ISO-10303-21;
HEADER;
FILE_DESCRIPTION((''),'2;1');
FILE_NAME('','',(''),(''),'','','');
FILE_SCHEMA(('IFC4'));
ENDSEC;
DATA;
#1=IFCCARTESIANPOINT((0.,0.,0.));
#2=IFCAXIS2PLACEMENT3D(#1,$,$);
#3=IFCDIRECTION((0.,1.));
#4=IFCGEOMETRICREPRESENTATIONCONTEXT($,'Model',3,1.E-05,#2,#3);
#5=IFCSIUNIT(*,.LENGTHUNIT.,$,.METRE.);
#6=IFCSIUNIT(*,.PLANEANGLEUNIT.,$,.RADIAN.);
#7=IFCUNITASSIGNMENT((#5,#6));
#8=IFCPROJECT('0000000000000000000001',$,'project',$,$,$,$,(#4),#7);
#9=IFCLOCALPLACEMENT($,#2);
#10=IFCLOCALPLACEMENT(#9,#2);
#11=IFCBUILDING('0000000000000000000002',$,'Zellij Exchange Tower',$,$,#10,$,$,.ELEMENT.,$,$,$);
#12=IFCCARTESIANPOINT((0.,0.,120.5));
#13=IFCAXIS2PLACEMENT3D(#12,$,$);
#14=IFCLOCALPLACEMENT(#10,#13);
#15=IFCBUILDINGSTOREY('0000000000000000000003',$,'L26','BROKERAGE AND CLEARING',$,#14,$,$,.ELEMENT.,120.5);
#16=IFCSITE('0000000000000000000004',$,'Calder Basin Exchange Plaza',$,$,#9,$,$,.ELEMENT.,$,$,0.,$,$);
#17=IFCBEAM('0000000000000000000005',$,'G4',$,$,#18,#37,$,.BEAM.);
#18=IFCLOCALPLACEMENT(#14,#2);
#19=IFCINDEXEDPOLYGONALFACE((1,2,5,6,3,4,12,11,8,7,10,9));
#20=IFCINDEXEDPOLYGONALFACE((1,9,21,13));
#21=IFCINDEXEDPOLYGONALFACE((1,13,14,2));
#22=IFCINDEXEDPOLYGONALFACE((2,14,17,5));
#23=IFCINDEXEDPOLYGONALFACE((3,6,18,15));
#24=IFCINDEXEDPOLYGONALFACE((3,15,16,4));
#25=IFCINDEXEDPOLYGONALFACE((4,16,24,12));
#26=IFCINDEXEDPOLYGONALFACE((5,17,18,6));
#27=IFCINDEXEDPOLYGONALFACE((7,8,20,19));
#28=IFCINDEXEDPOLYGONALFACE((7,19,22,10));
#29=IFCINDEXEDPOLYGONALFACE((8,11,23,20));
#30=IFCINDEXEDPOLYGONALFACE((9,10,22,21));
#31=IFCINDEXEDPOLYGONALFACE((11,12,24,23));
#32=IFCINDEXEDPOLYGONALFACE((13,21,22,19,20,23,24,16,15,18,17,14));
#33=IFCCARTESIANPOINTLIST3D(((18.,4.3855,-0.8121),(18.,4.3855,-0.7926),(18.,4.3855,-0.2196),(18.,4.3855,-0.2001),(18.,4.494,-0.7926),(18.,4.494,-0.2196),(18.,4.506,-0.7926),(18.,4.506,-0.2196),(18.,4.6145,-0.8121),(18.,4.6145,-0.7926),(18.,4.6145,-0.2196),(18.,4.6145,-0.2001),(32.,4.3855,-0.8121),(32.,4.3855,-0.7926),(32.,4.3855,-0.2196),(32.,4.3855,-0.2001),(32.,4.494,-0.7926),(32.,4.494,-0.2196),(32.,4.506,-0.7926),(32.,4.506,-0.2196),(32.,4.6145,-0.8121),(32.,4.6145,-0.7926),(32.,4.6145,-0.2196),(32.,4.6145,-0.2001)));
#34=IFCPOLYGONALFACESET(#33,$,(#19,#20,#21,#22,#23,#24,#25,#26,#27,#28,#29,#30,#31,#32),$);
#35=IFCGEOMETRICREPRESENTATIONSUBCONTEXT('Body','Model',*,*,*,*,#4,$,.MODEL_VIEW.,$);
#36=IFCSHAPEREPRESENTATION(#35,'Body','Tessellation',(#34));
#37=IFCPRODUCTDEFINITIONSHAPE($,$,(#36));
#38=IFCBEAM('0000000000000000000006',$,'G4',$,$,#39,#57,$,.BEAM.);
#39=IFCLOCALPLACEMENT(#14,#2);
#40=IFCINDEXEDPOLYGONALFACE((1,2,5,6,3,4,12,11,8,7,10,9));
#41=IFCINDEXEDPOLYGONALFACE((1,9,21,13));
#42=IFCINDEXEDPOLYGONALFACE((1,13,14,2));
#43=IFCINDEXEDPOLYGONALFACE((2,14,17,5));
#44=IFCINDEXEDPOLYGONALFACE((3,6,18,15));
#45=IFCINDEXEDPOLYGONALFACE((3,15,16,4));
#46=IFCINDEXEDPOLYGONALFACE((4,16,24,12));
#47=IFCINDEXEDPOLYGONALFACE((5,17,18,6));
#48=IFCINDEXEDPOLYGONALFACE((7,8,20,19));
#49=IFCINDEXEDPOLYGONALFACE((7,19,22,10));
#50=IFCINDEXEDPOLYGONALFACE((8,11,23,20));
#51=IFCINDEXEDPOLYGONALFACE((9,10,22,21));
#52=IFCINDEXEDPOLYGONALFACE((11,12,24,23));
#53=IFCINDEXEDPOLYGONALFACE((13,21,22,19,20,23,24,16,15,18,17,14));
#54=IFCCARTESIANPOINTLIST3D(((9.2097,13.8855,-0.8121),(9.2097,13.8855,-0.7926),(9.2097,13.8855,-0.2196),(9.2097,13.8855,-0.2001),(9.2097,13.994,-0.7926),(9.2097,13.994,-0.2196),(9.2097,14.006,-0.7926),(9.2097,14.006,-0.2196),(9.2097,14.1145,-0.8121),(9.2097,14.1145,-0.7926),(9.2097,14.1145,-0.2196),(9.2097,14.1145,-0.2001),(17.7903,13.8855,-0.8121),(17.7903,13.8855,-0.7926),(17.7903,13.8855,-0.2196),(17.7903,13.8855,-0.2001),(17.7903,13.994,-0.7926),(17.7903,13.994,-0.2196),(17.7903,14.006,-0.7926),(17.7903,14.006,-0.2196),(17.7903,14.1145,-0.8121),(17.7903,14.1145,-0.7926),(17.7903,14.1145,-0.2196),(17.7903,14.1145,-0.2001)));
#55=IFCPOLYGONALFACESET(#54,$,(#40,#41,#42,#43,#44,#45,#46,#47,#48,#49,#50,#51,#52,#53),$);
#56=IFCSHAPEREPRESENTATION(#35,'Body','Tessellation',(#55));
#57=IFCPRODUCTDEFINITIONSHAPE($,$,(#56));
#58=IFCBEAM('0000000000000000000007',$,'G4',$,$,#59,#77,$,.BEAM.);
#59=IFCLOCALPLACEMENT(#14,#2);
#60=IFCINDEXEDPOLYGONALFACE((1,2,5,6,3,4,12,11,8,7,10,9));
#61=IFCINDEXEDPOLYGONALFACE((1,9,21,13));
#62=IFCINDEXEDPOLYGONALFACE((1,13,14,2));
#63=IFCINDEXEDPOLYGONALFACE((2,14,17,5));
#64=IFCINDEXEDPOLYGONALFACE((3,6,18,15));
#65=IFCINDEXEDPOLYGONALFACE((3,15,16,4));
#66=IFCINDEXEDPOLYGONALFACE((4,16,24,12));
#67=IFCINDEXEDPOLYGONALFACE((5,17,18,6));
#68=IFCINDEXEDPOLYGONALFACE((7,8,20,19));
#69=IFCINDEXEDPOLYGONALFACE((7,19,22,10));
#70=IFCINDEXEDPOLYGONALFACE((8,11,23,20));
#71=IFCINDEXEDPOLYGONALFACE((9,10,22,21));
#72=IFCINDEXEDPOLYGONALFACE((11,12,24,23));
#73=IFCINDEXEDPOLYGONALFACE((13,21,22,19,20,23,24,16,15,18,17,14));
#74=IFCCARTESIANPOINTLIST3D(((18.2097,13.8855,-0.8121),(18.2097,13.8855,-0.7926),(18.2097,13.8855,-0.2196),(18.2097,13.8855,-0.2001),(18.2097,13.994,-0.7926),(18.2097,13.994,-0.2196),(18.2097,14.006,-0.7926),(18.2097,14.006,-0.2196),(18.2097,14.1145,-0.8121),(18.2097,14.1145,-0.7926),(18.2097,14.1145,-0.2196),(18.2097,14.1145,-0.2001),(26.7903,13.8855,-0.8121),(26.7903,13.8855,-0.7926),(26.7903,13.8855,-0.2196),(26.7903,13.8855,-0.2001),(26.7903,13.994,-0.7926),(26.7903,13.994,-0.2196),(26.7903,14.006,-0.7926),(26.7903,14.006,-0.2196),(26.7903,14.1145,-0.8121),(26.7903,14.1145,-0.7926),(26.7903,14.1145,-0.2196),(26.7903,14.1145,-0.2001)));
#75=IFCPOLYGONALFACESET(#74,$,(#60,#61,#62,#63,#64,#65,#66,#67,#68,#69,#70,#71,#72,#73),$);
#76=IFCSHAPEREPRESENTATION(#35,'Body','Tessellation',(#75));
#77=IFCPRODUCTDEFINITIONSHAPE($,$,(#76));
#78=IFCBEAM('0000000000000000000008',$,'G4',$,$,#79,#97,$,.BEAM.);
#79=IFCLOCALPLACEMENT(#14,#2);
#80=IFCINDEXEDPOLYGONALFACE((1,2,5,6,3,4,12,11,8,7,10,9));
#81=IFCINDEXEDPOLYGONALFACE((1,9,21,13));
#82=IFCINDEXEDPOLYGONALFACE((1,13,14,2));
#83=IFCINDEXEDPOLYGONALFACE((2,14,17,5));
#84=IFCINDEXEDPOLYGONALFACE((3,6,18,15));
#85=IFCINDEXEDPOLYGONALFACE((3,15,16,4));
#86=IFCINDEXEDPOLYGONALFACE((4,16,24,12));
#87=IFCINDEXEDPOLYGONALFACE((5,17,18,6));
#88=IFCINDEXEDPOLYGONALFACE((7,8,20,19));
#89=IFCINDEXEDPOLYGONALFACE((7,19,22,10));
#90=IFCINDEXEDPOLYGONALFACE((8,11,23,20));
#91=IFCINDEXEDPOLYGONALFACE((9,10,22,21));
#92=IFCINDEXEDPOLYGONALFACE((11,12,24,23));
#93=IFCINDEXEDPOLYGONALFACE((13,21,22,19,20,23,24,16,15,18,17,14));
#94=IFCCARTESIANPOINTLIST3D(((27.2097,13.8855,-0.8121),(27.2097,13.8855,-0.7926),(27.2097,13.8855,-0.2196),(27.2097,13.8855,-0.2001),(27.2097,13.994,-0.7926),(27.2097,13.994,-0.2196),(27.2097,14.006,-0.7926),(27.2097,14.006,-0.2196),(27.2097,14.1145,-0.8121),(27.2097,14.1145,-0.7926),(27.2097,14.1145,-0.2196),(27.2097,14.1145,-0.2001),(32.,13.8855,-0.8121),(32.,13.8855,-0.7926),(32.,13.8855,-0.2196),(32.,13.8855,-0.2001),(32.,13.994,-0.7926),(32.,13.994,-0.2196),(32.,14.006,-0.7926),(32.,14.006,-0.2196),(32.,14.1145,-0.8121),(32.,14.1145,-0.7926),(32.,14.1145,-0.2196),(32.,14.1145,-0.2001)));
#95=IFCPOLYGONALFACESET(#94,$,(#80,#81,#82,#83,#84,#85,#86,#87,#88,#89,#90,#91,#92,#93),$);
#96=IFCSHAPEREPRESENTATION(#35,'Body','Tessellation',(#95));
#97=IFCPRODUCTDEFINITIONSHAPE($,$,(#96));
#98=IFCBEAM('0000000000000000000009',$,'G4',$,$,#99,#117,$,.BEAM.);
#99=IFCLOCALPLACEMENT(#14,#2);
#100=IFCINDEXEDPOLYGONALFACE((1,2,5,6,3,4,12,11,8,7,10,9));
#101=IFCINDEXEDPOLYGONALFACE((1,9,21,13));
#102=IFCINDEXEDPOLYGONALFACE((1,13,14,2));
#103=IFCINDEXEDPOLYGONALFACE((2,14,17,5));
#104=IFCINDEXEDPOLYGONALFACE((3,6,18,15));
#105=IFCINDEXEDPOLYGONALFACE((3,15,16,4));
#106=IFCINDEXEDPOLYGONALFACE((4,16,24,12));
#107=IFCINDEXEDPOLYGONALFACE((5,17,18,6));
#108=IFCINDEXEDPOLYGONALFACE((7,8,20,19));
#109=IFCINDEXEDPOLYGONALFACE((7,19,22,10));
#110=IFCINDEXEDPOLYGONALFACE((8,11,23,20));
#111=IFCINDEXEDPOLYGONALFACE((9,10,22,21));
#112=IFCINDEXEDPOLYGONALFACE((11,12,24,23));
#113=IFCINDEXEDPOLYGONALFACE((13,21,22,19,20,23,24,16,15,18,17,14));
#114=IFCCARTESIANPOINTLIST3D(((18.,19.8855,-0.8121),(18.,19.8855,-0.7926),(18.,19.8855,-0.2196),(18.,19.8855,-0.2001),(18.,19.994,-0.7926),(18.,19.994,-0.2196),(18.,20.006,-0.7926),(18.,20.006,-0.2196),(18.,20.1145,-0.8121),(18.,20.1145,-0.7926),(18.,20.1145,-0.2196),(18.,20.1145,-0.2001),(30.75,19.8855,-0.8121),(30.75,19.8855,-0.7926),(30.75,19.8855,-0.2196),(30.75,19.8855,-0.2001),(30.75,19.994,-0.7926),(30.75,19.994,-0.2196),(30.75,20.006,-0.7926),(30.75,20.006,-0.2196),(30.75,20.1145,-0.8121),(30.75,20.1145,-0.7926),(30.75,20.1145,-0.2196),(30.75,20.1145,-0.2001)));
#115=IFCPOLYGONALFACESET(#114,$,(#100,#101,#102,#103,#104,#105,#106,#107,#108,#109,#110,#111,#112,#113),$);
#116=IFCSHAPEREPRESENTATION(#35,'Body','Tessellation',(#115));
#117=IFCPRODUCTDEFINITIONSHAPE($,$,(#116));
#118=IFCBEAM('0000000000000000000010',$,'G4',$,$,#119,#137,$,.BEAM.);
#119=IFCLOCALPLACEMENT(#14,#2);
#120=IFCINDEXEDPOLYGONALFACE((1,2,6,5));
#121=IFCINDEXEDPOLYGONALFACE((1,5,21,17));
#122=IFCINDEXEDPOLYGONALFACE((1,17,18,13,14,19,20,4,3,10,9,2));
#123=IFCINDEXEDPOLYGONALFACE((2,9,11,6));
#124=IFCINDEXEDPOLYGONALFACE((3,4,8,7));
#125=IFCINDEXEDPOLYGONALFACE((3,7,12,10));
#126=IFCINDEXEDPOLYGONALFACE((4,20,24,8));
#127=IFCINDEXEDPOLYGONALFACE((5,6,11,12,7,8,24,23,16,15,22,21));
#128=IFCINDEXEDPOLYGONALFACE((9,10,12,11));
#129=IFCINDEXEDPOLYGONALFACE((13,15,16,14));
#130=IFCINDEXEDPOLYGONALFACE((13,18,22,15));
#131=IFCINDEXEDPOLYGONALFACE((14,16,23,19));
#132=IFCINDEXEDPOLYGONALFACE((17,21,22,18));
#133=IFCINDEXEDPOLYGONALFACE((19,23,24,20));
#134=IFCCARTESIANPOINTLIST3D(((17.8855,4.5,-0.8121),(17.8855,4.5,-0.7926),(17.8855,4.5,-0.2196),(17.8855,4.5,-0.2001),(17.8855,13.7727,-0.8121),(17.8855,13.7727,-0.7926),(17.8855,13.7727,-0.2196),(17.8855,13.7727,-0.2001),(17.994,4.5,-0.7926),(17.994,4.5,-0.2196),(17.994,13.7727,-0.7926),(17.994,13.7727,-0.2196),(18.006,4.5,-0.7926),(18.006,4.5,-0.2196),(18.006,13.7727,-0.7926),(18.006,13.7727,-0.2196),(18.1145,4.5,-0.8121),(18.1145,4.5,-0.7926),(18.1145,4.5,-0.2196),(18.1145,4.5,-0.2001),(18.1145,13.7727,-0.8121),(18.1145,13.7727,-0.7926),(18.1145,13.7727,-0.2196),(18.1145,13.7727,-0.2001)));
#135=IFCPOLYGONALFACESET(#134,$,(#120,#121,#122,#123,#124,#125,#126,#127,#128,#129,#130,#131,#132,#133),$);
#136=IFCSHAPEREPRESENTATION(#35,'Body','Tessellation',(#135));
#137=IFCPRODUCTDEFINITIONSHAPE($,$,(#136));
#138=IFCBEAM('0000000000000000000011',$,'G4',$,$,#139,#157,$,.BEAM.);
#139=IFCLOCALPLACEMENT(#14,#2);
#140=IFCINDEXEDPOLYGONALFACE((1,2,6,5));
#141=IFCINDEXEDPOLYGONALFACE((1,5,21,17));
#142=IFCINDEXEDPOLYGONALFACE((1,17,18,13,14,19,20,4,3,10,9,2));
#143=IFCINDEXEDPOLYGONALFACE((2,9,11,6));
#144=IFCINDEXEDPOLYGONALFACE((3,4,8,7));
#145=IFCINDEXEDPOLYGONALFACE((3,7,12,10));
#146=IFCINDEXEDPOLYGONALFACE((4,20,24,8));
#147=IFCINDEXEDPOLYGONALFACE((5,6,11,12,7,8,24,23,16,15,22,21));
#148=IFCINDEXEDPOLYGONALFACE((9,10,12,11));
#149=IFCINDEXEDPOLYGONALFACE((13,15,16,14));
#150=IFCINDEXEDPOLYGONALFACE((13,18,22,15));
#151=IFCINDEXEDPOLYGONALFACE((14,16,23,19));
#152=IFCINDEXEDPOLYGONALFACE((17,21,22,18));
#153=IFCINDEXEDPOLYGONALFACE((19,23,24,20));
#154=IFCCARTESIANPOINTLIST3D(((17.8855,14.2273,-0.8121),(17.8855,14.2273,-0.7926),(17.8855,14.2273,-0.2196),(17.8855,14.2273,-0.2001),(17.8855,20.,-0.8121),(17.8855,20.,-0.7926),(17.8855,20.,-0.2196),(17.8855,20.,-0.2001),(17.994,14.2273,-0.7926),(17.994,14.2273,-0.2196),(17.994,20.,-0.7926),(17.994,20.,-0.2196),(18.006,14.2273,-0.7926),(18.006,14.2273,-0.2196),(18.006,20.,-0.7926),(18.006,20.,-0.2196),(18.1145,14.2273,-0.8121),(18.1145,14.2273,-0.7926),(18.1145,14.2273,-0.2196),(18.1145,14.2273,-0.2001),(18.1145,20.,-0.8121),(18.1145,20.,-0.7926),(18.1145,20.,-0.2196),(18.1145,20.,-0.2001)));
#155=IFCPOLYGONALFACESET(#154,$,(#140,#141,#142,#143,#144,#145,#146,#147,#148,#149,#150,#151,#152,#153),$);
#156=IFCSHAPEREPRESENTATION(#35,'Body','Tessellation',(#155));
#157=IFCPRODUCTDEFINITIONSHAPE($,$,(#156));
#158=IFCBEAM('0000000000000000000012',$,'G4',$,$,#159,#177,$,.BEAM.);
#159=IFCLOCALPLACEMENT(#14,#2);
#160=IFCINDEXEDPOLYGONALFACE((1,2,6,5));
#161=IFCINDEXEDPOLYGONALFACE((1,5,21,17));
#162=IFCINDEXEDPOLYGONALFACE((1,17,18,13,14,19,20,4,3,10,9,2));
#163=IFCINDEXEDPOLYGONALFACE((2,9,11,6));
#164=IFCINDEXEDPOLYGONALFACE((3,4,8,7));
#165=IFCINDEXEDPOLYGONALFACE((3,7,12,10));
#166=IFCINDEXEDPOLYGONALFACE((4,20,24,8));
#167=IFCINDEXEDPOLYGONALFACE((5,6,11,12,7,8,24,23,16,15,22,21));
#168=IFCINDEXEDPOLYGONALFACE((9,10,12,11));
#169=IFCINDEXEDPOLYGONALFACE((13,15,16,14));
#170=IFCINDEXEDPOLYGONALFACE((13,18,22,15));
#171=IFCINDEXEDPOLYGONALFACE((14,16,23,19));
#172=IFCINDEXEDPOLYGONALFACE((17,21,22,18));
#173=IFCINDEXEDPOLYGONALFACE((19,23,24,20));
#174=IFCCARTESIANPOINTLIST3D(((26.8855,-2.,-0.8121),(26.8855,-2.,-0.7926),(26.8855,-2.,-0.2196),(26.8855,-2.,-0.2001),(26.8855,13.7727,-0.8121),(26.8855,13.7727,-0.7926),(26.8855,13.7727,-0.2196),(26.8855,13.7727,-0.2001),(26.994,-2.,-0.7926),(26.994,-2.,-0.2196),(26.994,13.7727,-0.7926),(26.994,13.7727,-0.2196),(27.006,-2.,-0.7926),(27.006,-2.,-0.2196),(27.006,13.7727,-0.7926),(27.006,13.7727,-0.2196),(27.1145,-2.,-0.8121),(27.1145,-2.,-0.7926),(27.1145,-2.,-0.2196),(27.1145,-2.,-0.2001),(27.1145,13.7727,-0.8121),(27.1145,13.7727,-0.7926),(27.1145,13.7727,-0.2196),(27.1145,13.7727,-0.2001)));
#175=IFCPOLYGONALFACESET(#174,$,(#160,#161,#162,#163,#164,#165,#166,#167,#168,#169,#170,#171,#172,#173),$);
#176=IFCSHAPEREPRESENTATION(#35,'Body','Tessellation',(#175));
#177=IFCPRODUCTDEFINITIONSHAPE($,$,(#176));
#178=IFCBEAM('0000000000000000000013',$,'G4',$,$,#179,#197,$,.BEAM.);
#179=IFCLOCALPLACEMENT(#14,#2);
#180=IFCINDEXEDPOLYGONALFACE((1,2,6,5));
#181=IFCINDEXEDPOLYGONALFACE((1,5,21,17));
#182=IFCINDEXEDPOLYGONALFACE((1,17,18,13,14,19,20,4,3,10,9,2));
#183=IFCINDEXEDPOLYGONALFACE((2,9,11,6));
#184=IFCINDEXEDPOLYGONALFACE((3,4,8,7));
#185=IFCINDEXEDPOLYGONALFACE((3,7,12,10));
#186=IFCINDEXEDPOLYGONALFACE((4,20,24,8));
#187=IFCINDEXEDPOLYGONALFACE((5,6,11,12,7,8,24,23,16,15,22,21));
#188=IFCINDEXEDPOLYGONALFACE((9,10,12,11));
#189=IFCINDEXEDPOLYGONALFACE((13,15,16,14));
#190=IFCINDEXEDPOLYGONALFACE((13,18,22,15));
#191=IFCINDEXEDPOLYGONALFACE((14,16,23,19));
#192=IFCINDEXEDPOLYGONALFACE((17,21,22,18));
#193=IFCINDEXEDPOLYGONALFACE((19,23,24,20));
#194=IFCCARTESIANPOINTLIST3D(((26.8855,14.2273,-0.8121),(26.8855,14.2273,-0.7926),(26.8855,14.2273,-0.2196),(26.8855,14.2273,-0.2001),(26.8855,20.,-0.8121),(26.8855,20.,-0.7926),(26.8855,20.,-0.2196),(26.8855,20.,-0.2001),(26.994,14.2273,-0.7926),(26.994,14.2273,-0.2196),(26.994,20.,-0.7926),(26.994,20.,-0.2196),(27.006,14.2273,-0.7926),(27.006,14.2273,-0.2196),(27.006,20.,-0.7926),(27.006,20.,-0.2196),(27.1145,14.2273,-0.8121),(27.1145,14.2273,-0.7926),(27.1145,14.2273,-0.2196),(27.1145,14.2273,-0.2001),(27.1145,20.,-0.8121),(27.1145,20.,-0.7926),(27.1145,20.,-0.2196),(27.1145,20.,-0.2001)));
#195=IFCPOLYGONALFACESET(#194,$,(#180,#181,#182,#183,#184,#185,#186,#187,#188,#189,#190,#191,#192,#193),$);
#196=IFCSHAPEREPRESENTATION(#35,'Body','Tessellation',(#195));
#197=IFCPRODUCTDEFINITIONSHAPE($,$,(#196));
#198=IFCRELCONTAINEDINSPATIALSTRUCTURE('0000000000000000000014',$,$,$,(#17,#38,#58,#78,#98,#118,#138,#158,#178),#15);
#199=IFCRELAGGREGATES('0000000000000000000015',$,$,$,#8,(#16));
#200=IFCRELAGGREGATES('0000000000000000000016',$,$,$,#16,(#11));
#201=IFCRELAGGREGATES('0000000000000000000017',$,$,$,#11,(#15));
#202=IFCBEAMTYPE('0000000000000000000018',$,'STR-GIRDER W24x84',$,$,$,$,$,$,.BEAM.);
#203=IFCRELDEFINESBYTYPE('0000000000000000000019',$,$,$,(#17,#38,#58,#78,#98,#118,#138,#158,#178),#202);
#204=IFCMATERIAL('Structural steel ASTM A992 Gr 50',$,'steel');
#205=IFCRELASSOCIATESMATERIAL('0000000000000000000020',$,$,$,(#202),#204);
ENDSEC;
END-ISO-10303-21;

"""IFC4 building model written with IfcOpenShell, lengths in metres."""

from ifc_helpers import new_model, si_unit, direction, frame, origin, origin_2d, place, context, subcontext, project, spatial, i_section, extrude, material, material_profile, profile_set, type_object, element, save


model = new_model("IFC4")

# Units and contexts
model_context = context("Model", 3, precision=1e-05, world=origin(), true_north=direction((0.0, 1.0)))
body_context = subcontext(model_context, "Body", "Model", "MODEL_VIEW")
ifc_project = project(units=[si_unit("LENGTHUNIT", "METRE"), si_unit("PLANEANGLEUNIT", "RADIAN")], contexts=[model_context])

# Site, building, storey
site_placement = place(None, origin())
site = spatial("IfcSite", under=ifc_project, at=site_placement, Name="Calder Basin Exchange Plaza", CompositionType="ELEMENT", RefElevation=0.0)
building_placement = place(site_placement, origin())
building = spatial("IfcBuilding", under=site, at=building_placement, Name="Zellij Exchange Tower", CompositionType="ELEMENT")
storey_placement = place(building_placement, frame((0.0, 0.0, 120.5)))
storey = spatial("IfcBuildingStorey", under=building, at=storey_placement, Name="L26", Description="BROKERAGE AND CLEARING", CompositionType="ELEMENT", Elevation=120.5)

# Beams
ifc_material_1 = material(Name="Structural steel ASTM A992 Gr 50", Category="steel")
ifc_material_profile_1 = material_profile(ifc_material_1, i_section(OverallWidth=0.229, OverallDepth=0.6121, WebThickness=0.012, FlangeThickness=0.0195, at=origin_2d()), Name="W24x84")
ifc_profile_set_1 = profile_set([ifc_material_profile_1], Name="Structural steel ASTM A992 Gr 50")
beam_type_1 = type_object("IfcBeamType", Name="STR-GIRDER W24x84", PredefinedType="BEAM", material=ifc_profile_set_1)
beam_1_placement = place(storey_placement, frame((18.0, 4.5, -0.5061), z_axis=(1.0, 0.0, 0.0), x_axis=(0.0, 1.0, 0.0)))
element("IfcBeam", 1, at=beam_1_placement, inside=storey, type_object=beam_type_1, Name="G4", PredefinedType="BEAM", context=body_context, shape_type="SweptSolid", body=[
    extrude(i_section(OverallWidth=0.229, OverallDepth=0.6121, WebThickness=0.012, FlangeThickness=0.0195, at=origin_2d()), origin(), (0.0, 0.0, 1.0), 14.0),
])
for number, where, z_axis, x_axis, name in (
    (2, (9.2097, 14.0, -0.5061), (1.0, 0.0, 0.0), (0.0, 1.0, 0.0), "G4"),
    (3, (18.2097, 14.0, -0.5061), (1.0, 0.0, 0.0), (0.0, 1.0, 0.0), "G4"),
):
    element("IfcBeam", number, at=place(storey_placement, frame(where, z_axis=z_axis, x_axis=x_axis)), inside=storey, type_object=beam_type_1, Name=name, PredefinedType="BEAM", context=body_context, shape_type="SweptSolid", body=[
        extrude(i_section(OverallWidth=0.229, OverallDepth=0.6121, WebThickness=0.012, FlangeThickness=0.0195, at=origin_2d()), origin(), (0.0, 0.0, 1.0), 8.5806),
    ])
beam_2_placement = place(storey_placement, frame((27.2097, 14.0, -0.5061), z_axis=(1.0, 0.0, 0.0), x_axis=(0.0, 1.0, 0.0)))
element("IfcBeam", 4, at=beam_2_placement, inside=storey, type_object=beam_type_1, Name="G4", PredefinedType="BEAM", context=body_context, shape_type="SweptSolid", body=[
    extrude(i_section(OverallWidth=0.229, OverallDepth=0.6121, WebThickness=0.012, FlangeThickness=0.0195, at=origin_2d()), origin(), (0.0, 0.0, 1.0), 4.7903),
])
beam_3_placement = place(storey_placement, frame((18.0, 20.0, -0.5061), z_axis=(1.0, 0.0, 0.0), x_axis=(0.0, 1.0, 0.0)))
element("IfcBeam", 5, at=beam_3_placement, inside=storey, type_object=beam_type_1, Name="G4", PredefinedType="BEAM", context=body_context, shape_type="SweptSolid", body=[
    extrude(i_section(OverallWidth=0.229, OverallDepth=0.6121, WebThickness=0.012, FlangeThickness=0.0195, at=origin_2d()), origin(), (0.0, 0.0, 1.0), 12.75),
])
beam_4_placement = place(storey_placement, frame((18.0, 4.5, -0.5061), z_axis=(0.0, 1.0, 0.0), x_axis=(-1.0, 0.0, 0.0)))
element("IfcBeam", 6, at=beam_4_placement, inside=storey, type_object=beam_type_1, Name="G4", PredefinedType="BEAM", context=body_context, shape_type="SweptSolid", body=[
    extrude(i_section(OverallWidth=0.229, OverallDepth=0.6121, WebThickness=0.012, FlangeThickness=0.0195, at=origin_2d()), origin(), (0.0, 0.0, 1.0), 9.2727),
])
beam_5_placement = place(storey_placement, frame((18.0, 14.2273, -0.5061), z_axis=(0.0, 1.0, 0.0), x_axis=(-1.0, 0.0, 0.0)))
element("IfcBeam", 7, at=beam_5_placement, inside=storey, type_object=beam_type_1, Name="G4", PredefinedType="BEAM", context=body_context, shape_type="SweptSolid", body=[
    extrude(i_section(OverallWidth=0.229, OverallDepth=0.6121, WebThickness=0.012, FlangeThickness=0.0195, at=origin_2d()), origin(), (0.0, 0.0, 1.0), 5.7727),
])
beam_6_placement = place(storey_placement, frame((27.0, -2.0, -0.5061), z_axis=(0.0, 1.0, 0.0), x_axis=(-1.0, 0.0, 0.0)))
element("IfcBeam", 8, at=beam_6_placement, inside=storey, type_object=beam_type_1, Name="G4", PredefinedType="BEAM", context=body_context, shape_type="SweptSolid", body=[
    extrude(i_section(OverallWidth=0.229, OverallDepth=0.6121, WebThickness=0.012, FlangeThickness=0.0195, at=origin_2d()), origin(), (0.0, 0.0, 1.0), 15.7727),
])
beam_7_placement = place(storey_placement, frame((27.0, 14.2273, -0.5061), z_axis=(0.0, 1.0, 0.0), x_axis=(-1.0, 0.0, 0.0)))
element("IfcBeam", 9, at=beam_7_placement, inside=storey, type_object=beam_type_1, Name="G4", PredefinedType="BEAM", context=body_context, shape_type="SweptSolid", body=[
    extrude(i_section(OverallWidth=0.229, OverallDepth=0.6121, WebThickness=0.012, FlangeThickness=0.0195, at=origin_2d()), origin(), (0.0, 0.0, 1.0), 5.7727),
])

save(model, "model.ifc")
